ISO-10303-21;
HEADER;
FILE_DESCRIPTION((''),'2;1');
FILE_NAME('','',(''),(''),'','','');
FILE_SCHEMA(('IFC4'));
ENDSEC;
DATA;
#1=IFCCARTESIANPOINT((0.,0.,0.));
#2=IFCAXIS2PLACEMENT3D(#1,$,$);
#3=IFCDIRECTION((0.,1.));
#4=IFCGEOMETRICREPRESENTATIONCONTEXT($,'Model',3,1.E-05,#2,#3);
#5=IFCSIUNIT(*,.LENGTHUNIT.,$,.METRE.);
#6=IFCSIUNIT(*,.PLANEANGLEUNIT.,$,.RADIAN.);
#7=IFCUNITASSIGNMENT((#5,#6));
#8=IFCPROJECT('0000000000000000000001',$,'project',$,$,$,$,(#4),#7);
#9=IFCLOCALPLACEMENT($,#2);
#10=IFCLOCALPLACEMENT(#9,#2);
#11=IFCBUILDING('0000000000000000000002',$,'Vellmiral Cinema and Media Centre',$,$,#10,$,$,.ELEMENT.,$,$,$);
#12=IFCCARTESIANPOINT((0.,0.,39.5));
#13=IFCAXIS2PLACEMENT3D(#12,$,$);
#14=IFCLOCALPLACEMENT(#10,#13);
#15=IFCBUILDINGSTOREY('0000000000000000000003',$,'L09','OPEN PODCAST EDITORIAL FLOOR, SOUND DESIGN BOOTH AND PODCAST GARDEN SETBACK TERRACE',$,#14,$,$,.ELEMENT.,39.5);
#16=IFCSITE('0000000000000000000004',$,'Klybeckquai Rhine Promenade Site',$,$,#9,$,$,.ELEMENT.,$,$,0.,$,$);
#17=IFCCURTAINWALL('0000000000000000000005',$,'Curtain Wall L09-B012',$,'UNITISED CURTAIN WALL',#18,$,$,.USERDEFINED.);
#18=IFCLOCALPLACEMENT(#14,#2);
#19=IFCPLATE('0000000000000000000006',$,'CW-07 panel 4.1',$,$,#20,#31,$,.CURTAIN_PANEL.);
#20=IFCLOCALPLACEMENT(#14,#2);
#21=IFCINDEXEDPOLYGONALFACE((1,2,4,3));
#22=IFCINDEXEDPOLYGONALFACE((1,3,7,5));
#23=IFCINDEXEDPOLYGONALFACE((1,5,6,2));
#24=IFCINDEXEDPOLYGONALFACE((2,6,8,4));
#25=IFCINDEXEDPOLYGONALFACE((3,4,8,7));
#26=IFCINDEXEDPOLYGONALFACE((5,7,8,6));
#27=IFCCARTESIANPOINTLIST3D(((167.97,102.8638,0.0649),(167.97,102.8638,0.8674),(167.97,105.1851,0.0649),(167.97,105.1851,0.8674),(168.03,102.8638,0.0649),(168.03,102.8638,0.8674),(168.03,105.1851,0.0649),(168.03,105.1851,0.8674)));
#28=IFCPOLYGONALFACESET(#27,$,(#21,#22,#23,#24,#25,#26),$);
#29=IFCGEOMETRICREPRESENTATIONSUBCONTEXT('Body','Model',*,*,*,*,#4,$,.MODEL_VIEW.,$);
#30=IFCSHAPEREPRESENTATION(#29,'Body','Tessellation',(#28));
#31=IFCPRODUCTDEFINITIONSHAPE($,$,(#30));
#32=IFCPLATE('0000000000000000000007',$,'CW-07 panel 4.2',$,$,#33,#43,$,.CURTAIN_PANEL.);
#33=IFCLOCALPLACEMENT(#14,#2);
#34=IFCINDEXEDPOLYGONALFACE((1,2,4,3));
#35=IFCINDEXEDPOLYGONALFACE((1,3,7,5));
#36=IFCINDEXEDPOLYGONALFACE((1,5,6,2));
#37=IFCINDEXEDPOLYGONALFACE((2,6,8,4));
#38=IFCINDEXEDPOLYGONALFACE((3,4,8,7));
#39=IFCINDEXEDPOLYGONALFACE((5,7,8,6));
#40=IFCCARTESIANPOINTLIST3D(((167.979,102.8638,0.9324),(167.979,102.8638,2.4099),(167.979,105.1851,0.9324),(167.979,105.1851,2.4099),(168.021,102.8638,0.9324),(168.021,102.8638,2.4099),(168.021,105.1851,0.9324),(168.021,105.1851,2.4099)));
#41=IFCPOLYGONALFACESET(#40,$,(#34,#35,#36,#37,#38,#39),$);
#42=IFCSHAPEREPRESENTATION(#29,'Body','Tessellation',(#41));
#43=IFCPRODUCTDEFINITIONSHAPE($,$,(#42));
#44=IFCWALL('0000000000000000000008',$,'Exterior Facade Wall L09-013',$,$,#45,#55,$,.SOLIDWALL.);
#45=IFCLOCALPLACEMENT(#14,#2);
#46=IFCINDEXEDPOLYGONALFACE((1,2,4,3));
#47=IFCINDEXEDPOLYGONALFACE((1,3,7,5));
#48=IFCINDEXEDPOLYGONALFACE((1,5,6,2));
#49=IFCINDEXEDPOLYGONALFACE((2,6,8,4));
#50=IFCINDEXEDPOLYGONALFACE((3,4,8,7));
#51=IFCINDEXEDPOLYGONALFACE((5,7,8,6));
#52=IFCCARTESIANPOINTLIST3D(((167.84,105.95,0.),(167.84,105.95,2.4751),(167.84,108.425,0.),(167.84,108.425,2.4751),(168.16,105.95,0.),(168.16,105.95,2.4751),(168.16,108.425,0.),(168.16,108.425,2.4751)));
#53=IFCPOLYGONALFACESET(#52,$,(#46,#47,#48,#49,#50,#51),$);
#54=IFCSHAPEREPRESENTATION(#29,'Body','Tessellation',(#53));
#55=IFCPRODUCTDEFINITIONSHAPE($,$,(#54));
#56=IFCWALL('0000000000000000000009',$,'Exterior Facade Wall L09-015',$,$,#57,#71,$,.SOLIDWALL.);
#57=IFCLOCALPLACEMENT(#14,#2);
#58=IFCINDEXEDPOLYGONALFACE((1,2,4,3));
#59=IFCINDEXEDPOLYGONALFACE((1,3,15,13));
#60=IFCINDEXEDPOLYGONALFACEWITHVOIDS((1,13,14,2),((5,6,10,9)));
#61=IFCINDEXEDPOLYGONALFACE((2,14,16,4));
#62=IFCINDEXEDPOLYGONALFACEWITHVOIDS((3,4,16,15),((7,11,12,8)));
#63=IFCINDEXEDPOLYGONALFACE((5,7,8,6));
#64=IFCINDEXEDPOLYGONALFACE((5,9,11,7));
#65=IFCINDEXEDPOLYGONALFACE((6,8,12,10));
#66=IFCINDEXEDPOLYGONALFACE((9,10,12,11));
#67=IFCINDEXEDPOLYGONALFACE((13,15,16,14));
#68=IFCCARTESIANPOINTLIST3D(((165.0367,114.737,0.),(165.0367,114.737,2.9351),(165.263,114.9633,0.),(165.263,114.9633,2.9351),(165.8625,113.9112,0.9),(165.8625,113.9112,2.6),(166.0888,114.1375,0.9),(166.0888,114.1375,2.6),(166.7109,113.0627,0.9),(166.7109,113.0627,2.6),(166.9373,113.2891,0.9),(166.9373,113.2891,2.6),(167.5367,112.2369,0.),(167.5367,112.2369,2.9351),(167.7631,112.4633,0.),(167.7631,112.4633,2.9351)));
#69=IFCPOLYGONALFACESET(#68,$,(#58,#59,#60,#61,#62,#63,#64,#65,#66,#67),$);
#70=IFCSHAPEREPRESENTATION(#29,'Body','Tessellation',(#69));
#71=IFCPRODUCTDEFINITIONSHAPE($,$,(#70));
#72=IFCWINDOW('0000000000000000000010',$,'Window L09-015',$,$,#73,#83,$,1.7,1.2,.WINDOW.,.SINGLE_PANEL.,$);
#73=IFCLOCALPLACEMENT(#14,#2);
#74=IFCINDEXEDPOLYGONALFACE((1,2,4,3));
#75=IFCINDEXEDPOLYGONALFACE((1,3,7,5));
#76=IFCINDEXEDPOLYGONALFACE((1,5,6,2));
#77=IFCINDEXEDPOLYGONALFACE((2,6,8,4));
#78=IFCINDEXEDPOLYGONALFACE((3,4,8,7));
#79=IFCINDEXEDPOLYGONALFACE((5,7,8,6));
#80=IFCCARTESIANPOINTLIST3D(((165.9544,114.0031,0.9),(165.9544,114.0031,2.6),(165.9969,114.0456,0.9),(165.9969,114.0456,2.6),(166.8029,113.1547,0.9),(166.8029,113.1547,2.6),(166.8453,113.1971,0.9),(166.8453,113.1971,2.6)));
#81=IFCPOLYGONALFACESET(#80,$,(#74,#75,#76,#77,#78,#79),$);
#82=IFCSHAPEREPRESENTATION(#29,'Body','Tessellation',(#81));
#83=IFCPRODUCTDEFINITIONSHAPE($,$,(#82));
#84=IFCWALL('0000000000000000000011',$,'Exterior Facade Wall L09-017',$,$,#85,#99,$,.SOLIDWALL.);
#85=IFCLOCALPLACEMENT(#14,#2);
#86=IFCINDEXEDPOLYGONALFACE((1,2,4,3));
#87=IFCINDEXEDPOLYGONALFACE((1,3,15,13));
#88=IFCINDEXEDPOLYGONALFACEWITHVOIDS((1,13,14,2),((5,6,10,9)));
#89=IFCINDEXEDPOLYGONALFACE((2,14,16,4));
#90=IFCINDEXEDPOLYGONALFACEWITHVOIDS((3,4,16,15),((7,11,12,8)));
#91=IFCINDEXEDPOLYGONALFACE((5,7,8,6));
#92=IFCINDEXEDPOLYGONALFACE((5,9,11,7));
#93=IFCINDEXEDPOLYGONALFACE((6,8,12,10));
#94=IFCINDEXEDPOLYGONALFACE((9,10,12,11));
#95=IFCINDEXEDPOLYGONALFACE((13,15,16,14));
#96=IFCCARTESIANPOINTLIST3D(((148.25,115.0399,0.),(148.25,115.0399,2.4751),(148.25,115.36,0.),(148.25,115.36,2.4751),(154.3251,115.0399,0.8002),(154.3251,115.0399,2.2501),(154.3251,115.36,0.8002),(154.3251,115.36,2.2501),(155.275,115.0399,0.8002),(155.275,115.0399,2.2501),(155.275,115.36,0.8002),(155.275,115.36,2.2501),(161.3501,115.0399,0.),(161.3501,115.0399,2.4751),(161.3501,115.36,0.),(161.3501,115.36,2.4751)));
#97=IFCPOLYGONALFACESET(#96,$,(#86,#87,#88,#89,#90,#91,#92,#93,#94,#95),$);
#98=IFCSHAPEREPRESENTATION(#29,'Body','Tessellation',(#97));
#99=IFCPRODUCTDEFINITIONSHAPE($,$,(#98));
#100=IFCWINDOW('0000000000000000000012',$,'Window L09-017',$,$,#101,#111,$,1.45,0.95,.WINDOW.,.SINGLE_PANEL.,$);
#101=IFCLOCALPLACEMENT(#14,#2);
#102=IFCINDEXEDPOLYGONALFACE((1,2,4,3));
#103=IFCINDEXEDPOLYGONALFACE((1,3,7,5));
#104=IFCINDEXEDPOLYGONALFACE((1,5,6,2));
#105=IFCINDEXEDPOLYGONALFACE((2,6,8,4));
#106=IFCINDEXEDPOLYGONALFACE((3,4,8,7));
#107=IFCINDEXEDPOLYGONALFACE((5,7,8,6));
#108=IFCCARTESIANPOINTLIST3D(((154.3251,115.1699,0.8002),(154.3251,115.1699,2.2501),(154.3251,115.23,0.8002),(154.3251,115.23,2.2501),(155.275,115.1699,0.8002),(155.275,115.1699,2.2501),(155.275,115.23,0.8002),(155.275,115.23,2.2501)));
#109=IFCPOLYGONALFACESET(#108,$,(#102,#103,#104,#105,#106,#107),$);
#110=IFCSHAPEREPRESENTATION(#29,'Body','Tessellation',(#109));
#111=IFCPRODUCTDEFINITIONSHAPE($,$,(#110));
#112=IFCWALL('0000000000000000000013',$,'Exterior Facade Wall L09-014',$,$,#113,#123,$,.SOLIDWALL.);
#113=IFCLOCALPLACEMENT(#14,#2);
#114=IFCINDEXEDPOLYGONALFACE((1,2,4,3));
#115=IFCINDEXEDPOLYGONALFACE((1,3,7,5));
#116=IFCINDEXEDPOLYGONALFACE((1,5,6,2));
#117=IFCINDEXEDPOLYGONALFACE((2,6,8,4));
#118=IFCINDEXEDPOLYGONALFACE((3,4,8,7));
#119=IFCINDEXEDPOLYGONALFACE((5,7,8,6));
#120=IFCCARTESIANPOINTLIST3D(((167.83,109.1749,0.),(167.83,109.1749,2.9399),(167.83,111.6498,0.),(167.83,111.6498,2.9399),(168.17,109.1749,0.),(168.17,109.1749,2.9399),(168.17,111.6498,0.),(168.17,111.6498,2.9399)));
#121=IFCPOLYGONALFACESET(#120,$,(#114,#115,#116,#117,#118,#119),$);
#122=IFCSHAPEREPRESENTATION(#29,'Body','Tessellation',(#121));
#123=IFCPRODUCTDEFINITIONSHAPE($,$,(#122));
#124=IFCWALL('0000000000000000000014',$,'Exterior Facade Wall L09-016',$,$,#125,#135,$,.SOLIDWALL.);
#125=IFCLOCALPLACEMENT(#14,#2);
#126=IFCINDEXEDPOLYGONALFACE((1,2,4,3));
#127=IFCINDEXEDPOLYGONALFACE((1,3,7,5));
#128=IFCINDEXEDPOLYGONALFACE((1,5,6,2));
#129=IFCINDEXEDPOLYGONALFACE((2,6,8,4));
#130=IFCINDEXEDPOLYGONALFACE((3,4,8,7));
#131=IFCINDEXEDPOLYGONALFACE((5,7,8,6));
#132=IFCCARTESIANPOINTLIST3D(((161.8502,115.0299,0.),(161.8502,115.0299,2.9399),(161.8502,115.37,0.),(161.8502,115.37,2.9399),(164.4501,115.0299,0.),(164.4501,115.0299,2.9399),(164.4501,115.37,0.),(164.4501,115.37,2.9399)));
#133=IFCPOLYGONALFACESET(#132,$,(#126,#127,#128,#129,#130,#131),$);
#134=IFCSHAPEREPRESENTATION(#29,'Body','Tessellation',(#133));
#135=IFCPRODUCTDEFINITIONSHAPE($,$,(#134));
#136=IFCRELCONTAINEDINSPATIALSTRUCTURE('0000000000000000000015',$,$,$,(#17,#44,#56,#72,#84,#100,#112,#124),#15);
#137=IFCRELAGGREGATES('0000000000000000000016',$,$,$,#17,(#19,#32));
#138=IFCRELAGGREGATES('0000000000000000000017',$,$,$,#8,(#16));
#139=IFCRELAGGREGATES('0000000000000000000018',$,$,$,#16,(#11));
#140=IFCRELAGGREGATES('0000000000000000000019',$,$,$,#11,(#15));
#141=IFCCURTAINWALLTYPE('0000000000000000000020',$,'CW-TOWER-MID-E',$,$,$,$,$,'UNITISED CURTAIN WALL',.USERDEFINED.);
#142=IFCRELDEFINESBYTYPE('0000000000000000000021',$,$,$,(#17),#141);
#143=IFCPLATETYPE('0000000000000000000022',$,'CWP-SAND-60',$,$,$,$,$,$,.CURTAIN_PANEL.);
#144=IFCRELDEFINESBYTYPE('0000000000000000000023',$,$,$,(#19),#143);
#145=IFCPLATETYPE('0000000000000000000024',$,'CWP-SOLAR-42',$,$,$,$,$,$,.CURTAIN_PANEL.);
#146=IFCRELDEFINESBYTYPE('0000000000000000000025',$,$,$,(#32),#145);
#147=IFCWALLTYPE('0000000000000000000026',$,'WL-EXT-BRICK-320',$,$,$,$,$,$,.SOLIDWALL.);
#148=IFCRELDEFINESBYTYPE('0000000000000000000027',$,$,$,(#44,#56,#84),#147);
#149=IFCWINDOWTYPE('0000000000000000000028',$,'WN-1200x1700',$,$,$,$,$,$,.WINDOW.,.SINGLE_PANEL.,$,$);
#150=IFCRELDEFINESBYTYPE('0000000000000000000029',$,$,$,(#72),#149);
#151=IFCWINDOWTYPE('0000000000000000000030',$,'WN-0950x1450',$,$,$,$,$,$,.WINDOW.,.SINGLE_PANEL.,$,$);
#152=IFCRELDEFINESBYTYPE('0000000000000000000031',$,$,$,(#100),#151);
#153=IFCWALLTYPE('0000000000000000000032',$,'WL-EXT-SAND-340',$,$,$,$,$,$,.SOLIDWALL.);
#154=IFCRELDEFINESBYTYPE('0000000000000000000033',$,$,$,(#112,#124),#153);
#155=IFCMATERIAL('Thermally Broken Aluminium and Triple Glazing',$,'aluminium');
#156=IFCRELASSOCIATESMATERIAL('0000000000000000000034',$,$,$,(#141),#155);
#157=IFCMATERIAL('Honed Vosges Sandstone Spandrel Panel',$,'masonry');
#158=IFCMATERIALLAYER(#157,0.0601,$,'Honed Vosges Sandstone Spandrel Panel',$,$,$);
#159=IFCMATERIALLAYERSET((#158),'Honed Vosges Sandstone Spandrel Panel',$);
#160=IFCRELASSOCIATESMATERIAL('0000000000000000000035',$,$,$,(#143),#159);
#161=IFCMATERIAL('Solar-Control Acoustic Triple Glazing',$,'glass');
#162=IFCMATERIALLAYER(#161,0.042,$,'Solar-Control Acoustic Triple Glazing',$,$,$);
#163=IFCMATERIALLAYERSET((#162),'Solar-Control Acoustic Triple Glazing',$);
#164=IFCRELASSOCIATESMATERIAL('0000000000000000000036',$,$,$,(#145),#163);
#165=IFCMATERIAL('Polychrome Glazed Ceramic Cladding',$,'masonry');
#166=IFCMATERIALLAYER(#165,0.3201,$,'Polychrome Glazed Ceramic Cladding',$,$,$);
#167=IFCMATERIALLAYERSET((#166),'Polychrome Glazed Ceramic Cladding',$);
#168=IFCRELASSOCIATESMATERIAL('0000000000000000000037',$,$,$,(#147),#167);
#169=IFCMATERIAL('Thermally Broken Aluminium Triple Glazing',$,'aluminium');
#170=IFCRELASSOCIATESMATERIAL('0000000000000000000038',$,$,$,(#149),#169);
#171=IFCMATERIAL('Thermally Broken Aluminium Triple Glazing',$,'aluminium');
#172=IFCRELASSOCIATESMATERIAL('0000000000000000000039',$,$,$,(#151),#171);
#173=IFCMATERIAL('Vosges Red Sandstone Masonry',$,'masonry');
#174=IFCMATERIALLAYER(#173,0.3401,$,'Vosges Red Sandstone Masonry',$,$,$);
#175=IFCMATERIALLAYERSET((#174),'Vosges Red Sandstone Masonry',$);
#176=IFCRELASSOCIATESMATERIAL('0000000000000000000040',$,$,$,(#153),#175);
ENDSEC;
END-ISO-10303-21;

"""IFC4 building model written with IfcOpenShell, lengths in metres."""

from ifc_helpers import new_model, si_unit, direction, frame, frame_2d, origin, origin_2d, place, context, subcontext, project, spatial, rectangle, extrude, material, layer, layer_set, type_object, element, fill, aggregate, save


model = new_model("IFC4")

# Units and contexts
model_context = context("Model", 3, precision=1e-05, world=origin(), true_north=direction((0.0, 1.0)))
body_context = subcontext(model_context, "Body", "Model", "MODEL_VIEW")
ifc_project = project(units=[si_unit("LENGTHUNIT", "METRE"), si_unit("PLANEANGLEUNIT", "RADIAN")], contexts=[model_context])

# Site, building, storey
site_placement = place(None, origin())
site = spatial("IfcSite", under=ifc_project, at=site_placement, Name="Klybeckquai Rhine Promenade Site", CompositionType="ELEMENT", RefElevation=0.0)
building_placement = place(site_placement, origin())
building = spatial("IfcBuilding", under=site, at=building_placement, Name="Vellmiral Cinema and Media Centre", CompositionType="ELEMENT")
storey_placement = place(building_placement, frame((0.0, 0.0, 39.5)))
storey = spatial("IfcBuildingStorey", under=building, at=storey_placement, Name="L09", Description="OPEN PODCAST EDITORIAL FLOOR, SOUND DESIGN BOOTH AND PODCAST GARDEN SETBACK TERRACE", CompositionType="ELEMENT", Elevation=39.5)

# Curtain wall
ifc_material_1 = material(Name="Thermally Broken Aluminium and Triple Glazing", Category="aluminium")
curtain_wall_type = type_object("IfcCurtainWallType", Name="CW-TOWER-MID-E", ElementType="UNITISED CURTAIN WALL", PredefinedType="USERDEFINED", material=ifc_material_1)
curtain_wall_placement = place(storey_placement, origin())
curtain_wall = element("IfcCurtainWall", 1, at=curtain_wall_placement, inside=storey, type_object=curtain_wall_type, Name="Curtain Wall L09-B012", ObjectType="UNITISED CURTAIN WALL", PredefinedType="USERDEFINED")

# Plates
ifc_material_2 = material(Name="Honed Vosges Sandstone Spandrel Panel", Category="masonry")
ifc_layer_1 = layer(ifc_material_2, 0.0601, Name="Honed Vosges Sandstone Spandrel Panel")
ifc_layer_set_1 = layer_set([ifc_layer_1], Name="Honed Vosges Sandstone Spandrel Panel")
plate_type_1 = type_object("IfcPlateType", Name="CWP-SAND-60", PredefinedType="CURTAIN_PANEL", material=ifc_layer_set_1)
plate_1_placement = place(storey_placement, frame((168.0, 104.0244, 0.0649), z_axis=(0.0, 0.0, 1.0), x_axis=(0.0, 1.0, 0.0)))
plate_1 = element("IfcPlate", 2, at=plate_1_placement, type_object=plate_type_1, Name="CW-07 panel 4.1", PredefinedType="CURTAIN_PANEL", context=body_context, shape_type="SweptSolid", body=[
    extrude(rectangle(XDim=2.3213, YDim=0.0601, at=origin_2d()), origin(), (0.0, 0.0, 1.0), 0.8025),
])
ifc_material_3 = material(Name="Solar-Control Acoustic Triple Glazing", Category="glass")
ifc_layer_2 = layer(ifc_material_3, 0.042, Name="Solar-Control Acoustic Triple Glazing")
ifc_layer_set_2 = layer_set([ifc_layer_2], Name="Solar-Control Acoustic Triple Glazing")
plate_type_2 = type_object("IfcPlateType", Name="CWP-SOLAR-42", PredefinedType="CURTAIN_PANEL", material=ifc_layer_set_2)
plate_2_placement = place(storey_placement, frame((168.0, 104.0244, 0.9324), z_axis=(0.0, 0.0, 1.0), x_axis=(0.0, 1.0, 0.0)))
plate_2 = element("IfcPlate", 3, at=plate_2_placement, type_object=plate_type_2, Name="CW-07 panel 4.2", PredefinedType="CURTAIN_PANEL", context=body_context, shape_type="SweptSolid", body=[
    extrude(rectangle(XDim=2.3213, YDim=0.042, at=origin_2d()), origin(), (0.0, 0.0, 1.0), 1.4775),
])
aggregate(curtain_wall, [plate_1, plate_2])

# Wall
ifc_material_4 = material(Name="Polychrome Glazed Ceramic Cladding", Category="masonry")
ifc_layer_3 = layer(ifc_material_4, 0.3201, Name="Polychrome Glazed Ceramic Cladding")
ifc_layer_set_3 = layer_set([ifc_layer_3], Name="Polychrome Glazed Ceramic Cladding")
wall_type_1 = type_object("IfcWallType", Name="WL-EXT-BRICK-320", PredefinedType="SOLIDWALL", material=ifc_layer_set_3)
wall_1_placement = place(storey_placement, frame((168.0, 105.95, 0.0), z_axis=(0.0, 0.0, 1.0), x_axis=(0.0, 1.0, 0.0)))
element("IfcWall", 4, at=wall_1_placement, inside=storey, type_object=wall_type_1, Name="Exterior Facade Wall L09-013", PredefinedType="SOLIDWALL", context=body_context, shape_type="SweptSolid", body=[
    extrude(rectangle(XDim=2.4751, YDim=0.3201, at=frame_2d((1.2375, 0.0))), origin(), (0.0, 0.0, 1.0), 2.4751),
])

# Walls, openings, windows
wall_2_placement = place(storey_placement, frame((167.6499, 112.3501, 0.0), z_axis=(0.0, 0.0, 1.0), x_axis=(-0.707107, 0.707107, 0.0)))
wall_2 = element("IfcWall", 5, at=wall_2_placement, inside=storey, type_object=wall_type_1, Name="Exterior Facade Wall L09-015", PredefinedType="SOLIDWALL", context=body_context, shape_type="SweptSolid", body=[
    extrude(rectangle(XDim=3.5356, YDim=0.3201, at=frame_2d((1.7678, 0.0))), origin(), (0.0, 0.0, 1.0), 2.9351),
])
opening_1_placement = place(wall_2_placement, frame((1.1677, 0.0, 0.8999)))
opening_1 = element("IfcOpeningElement", 6, at=opening_1_placement, cuts=wall_2, PredefinedType="OPENING", context=body_context, shape_type="SweptSolid", body=[
    extrude(rectangle(XDim=1.2, YDim=1.7, at=frame_2d((0.6001, 0.8501))), frame((0.0, 0.1719, 0.0), z_axis=(0.0, -1.0, 0.0), x_axis=(1.0, 0.0, 0.0)), (0.0, 0.0, 1.0), 0.344),
])
ifc_material_5 = material(Name="Thermally Broken Aluminium Triple Glazing", Category="aluminium")
window_type_1 = type_object("IfcWindowType", Name="WN-1200x1700", PartitioningType="SINGLE_PANEL", PredefinedType="WINDOW", material=ifc_material_5)
window_1_placement = place(opening_1_placement, origin())
window_1 = element("IfcWindow", 7, at=window_1_placement, inside=storey, type_object=window_type_1, Name="Window L09-015", OverallHeight=1.7, OverallWidth=1.2, PartitioningType="SINGLE_PANEL", PredefinedType="WINDOW", context=body_context, shape_type="SweptSolid", body=[
    extrude(rectangle(XDim=1.2, YDim=1.7, at=frame_2d((0.6001, 0.8501))), frame((0.0, 0.03, 0.0), z_axis=(0.0, -1.0, 0.0), x_axis=(1.0, 0.0, 0.0)), (0.0, 0.0, 1.0), 0.0601),
])
fill(opening_1, window_1)
wall_3_placement = place(storey_placement, frame((161.3501, 115.2, 0.0), z_axis=(0.0, 0.0, 1.0), x_axis=(-1.0, 0.0, 0.0)))
wall_3 = element("IfcWall", 8, at=wall_3_placement, inside=storey, type_object=wall_type_1, Name="Exterior Facade Wall L09-017", PredefinedType="SOLIDWALL", context=body_context, shape_type="SweptSolid", body=[
    extrude(rectangle(XDim=13.1001, YDim=0.3201, at=frame_2d((6.55, 0.0))), origin(), (0.0, 0.0, 1.0), 2.4751),
])
opening_2_placement = place(wall_3_placement, frame((6.075, 0.0, 0.8)))
opening_2 = element("IfcOpeningElement", 9, at=opening_2_placement, cuts=wall_3, PredefinedType="OPENING", context=body_context, shape_type="SweptSolid", body=[
    extrude(rectangle(XDim=0.95, YDim=1.45, at=frame_2d((0.4751, 0.7251))), frame((0.0, 0.1719, 0.0), z_axis=(0.0, -1.0, 0.0), x_axis=(1.0, 0.0, 0.0)), (0.0, 0.0, 1.0), 0.344),
])
ifc_material_6 = material(Name="Thermally Broken Aluminium Triple Glazing", Category="aluminium")
window_type_2 = type_object("IfcWindowType", Name="WN-0950x1450", PartitioningType="SINGLE_PANEL", PredefinedType="WINDOW", material=ifc_material_6)
window_2_placement = place(opening_2_placement, origin())
window_2 = element("IfcWindow", 10, at=window_2_placement, inside=storey, type_object=window_type_2, Name="Window L09-017", OverallHeight=1.45, OverallWidth=0.95, PartitioningType="SINGLE_PANEL", PredefinedType="WINDOW", context=body_context, shape_type="SweptSolid", body=[
    extrude(rectangle(XDim=0.95, YDim=1.45, at=frame_2d((0.4751, 0.7251))), frame((0.0, 0.03, 0.0), z_axis=(0.0, -1.0, 0.0), x_axis=(1.0, 0.0, 0.0)), (0.0, 0.0, 1.0), 0.0601),
])
fill(opening_2, window_2)

# Walls
ifc_material_7 = material(Name="Vosges Red Sandstone Masonry", Category="masonry")
ifc_layer_4 = layer(ifc_material_7, 0.3401, Name="Vosges Red Sandstone Masonry")
ifc_layer_set_4 = layer_set([ifc_layer_4], Name="Vosges Red Sandstone Masonry")
wall_type_2 = type_object("IfcWallType", Name="WL-EXT-SAND-340", PredefinedType="SOLIDWALL", material=ifc_layer_set_4)
wall_4_placement = place(storey_placement, frame((168.0, 109.175, 0.0), z_axis=(0.0, 0.0, 1.0), x_axis=(0.0, 1.0, 0.0)))
element("IfcWall", 11, at=wall_4_placement, inside=storey, type_object=wall_type_2, Name="Exterior Facade Wall L09-014", PredefinedType="SOLIDWALL", context=body_context, shape_type="SweptSolid", body=[
    extrude(rectangle(XDim=2.4749, YDim=0.3401, at=frame_2d((1.2373, 0.0))), origin(), (0.0, 0.0, 1.0), 2.9399),
])
wall_5_placement = place(storey_placement, frame((164.45, 115.2, 0.0), z_axis=(0.0, 0.0, 1.0), x_axis=(-1.0, 0.0, 0.0)))
element("IfcWall", 12, at=wall_5_placement, inside=storey, type_object=wall_type_2, Name="Exterior Facade Wall L09-016", PredefinedType="SOLIDWALL", context=body_context, shape_type="SweptSolid", body=[
    extrude(rectangle(XDim=2.5999, YDim=0.3401, at=frame_2d((1.2998, 0.0))), origin(), (0.0, 0.0, 1.0), 2.9399),
])

save(model, "model.ifc")
